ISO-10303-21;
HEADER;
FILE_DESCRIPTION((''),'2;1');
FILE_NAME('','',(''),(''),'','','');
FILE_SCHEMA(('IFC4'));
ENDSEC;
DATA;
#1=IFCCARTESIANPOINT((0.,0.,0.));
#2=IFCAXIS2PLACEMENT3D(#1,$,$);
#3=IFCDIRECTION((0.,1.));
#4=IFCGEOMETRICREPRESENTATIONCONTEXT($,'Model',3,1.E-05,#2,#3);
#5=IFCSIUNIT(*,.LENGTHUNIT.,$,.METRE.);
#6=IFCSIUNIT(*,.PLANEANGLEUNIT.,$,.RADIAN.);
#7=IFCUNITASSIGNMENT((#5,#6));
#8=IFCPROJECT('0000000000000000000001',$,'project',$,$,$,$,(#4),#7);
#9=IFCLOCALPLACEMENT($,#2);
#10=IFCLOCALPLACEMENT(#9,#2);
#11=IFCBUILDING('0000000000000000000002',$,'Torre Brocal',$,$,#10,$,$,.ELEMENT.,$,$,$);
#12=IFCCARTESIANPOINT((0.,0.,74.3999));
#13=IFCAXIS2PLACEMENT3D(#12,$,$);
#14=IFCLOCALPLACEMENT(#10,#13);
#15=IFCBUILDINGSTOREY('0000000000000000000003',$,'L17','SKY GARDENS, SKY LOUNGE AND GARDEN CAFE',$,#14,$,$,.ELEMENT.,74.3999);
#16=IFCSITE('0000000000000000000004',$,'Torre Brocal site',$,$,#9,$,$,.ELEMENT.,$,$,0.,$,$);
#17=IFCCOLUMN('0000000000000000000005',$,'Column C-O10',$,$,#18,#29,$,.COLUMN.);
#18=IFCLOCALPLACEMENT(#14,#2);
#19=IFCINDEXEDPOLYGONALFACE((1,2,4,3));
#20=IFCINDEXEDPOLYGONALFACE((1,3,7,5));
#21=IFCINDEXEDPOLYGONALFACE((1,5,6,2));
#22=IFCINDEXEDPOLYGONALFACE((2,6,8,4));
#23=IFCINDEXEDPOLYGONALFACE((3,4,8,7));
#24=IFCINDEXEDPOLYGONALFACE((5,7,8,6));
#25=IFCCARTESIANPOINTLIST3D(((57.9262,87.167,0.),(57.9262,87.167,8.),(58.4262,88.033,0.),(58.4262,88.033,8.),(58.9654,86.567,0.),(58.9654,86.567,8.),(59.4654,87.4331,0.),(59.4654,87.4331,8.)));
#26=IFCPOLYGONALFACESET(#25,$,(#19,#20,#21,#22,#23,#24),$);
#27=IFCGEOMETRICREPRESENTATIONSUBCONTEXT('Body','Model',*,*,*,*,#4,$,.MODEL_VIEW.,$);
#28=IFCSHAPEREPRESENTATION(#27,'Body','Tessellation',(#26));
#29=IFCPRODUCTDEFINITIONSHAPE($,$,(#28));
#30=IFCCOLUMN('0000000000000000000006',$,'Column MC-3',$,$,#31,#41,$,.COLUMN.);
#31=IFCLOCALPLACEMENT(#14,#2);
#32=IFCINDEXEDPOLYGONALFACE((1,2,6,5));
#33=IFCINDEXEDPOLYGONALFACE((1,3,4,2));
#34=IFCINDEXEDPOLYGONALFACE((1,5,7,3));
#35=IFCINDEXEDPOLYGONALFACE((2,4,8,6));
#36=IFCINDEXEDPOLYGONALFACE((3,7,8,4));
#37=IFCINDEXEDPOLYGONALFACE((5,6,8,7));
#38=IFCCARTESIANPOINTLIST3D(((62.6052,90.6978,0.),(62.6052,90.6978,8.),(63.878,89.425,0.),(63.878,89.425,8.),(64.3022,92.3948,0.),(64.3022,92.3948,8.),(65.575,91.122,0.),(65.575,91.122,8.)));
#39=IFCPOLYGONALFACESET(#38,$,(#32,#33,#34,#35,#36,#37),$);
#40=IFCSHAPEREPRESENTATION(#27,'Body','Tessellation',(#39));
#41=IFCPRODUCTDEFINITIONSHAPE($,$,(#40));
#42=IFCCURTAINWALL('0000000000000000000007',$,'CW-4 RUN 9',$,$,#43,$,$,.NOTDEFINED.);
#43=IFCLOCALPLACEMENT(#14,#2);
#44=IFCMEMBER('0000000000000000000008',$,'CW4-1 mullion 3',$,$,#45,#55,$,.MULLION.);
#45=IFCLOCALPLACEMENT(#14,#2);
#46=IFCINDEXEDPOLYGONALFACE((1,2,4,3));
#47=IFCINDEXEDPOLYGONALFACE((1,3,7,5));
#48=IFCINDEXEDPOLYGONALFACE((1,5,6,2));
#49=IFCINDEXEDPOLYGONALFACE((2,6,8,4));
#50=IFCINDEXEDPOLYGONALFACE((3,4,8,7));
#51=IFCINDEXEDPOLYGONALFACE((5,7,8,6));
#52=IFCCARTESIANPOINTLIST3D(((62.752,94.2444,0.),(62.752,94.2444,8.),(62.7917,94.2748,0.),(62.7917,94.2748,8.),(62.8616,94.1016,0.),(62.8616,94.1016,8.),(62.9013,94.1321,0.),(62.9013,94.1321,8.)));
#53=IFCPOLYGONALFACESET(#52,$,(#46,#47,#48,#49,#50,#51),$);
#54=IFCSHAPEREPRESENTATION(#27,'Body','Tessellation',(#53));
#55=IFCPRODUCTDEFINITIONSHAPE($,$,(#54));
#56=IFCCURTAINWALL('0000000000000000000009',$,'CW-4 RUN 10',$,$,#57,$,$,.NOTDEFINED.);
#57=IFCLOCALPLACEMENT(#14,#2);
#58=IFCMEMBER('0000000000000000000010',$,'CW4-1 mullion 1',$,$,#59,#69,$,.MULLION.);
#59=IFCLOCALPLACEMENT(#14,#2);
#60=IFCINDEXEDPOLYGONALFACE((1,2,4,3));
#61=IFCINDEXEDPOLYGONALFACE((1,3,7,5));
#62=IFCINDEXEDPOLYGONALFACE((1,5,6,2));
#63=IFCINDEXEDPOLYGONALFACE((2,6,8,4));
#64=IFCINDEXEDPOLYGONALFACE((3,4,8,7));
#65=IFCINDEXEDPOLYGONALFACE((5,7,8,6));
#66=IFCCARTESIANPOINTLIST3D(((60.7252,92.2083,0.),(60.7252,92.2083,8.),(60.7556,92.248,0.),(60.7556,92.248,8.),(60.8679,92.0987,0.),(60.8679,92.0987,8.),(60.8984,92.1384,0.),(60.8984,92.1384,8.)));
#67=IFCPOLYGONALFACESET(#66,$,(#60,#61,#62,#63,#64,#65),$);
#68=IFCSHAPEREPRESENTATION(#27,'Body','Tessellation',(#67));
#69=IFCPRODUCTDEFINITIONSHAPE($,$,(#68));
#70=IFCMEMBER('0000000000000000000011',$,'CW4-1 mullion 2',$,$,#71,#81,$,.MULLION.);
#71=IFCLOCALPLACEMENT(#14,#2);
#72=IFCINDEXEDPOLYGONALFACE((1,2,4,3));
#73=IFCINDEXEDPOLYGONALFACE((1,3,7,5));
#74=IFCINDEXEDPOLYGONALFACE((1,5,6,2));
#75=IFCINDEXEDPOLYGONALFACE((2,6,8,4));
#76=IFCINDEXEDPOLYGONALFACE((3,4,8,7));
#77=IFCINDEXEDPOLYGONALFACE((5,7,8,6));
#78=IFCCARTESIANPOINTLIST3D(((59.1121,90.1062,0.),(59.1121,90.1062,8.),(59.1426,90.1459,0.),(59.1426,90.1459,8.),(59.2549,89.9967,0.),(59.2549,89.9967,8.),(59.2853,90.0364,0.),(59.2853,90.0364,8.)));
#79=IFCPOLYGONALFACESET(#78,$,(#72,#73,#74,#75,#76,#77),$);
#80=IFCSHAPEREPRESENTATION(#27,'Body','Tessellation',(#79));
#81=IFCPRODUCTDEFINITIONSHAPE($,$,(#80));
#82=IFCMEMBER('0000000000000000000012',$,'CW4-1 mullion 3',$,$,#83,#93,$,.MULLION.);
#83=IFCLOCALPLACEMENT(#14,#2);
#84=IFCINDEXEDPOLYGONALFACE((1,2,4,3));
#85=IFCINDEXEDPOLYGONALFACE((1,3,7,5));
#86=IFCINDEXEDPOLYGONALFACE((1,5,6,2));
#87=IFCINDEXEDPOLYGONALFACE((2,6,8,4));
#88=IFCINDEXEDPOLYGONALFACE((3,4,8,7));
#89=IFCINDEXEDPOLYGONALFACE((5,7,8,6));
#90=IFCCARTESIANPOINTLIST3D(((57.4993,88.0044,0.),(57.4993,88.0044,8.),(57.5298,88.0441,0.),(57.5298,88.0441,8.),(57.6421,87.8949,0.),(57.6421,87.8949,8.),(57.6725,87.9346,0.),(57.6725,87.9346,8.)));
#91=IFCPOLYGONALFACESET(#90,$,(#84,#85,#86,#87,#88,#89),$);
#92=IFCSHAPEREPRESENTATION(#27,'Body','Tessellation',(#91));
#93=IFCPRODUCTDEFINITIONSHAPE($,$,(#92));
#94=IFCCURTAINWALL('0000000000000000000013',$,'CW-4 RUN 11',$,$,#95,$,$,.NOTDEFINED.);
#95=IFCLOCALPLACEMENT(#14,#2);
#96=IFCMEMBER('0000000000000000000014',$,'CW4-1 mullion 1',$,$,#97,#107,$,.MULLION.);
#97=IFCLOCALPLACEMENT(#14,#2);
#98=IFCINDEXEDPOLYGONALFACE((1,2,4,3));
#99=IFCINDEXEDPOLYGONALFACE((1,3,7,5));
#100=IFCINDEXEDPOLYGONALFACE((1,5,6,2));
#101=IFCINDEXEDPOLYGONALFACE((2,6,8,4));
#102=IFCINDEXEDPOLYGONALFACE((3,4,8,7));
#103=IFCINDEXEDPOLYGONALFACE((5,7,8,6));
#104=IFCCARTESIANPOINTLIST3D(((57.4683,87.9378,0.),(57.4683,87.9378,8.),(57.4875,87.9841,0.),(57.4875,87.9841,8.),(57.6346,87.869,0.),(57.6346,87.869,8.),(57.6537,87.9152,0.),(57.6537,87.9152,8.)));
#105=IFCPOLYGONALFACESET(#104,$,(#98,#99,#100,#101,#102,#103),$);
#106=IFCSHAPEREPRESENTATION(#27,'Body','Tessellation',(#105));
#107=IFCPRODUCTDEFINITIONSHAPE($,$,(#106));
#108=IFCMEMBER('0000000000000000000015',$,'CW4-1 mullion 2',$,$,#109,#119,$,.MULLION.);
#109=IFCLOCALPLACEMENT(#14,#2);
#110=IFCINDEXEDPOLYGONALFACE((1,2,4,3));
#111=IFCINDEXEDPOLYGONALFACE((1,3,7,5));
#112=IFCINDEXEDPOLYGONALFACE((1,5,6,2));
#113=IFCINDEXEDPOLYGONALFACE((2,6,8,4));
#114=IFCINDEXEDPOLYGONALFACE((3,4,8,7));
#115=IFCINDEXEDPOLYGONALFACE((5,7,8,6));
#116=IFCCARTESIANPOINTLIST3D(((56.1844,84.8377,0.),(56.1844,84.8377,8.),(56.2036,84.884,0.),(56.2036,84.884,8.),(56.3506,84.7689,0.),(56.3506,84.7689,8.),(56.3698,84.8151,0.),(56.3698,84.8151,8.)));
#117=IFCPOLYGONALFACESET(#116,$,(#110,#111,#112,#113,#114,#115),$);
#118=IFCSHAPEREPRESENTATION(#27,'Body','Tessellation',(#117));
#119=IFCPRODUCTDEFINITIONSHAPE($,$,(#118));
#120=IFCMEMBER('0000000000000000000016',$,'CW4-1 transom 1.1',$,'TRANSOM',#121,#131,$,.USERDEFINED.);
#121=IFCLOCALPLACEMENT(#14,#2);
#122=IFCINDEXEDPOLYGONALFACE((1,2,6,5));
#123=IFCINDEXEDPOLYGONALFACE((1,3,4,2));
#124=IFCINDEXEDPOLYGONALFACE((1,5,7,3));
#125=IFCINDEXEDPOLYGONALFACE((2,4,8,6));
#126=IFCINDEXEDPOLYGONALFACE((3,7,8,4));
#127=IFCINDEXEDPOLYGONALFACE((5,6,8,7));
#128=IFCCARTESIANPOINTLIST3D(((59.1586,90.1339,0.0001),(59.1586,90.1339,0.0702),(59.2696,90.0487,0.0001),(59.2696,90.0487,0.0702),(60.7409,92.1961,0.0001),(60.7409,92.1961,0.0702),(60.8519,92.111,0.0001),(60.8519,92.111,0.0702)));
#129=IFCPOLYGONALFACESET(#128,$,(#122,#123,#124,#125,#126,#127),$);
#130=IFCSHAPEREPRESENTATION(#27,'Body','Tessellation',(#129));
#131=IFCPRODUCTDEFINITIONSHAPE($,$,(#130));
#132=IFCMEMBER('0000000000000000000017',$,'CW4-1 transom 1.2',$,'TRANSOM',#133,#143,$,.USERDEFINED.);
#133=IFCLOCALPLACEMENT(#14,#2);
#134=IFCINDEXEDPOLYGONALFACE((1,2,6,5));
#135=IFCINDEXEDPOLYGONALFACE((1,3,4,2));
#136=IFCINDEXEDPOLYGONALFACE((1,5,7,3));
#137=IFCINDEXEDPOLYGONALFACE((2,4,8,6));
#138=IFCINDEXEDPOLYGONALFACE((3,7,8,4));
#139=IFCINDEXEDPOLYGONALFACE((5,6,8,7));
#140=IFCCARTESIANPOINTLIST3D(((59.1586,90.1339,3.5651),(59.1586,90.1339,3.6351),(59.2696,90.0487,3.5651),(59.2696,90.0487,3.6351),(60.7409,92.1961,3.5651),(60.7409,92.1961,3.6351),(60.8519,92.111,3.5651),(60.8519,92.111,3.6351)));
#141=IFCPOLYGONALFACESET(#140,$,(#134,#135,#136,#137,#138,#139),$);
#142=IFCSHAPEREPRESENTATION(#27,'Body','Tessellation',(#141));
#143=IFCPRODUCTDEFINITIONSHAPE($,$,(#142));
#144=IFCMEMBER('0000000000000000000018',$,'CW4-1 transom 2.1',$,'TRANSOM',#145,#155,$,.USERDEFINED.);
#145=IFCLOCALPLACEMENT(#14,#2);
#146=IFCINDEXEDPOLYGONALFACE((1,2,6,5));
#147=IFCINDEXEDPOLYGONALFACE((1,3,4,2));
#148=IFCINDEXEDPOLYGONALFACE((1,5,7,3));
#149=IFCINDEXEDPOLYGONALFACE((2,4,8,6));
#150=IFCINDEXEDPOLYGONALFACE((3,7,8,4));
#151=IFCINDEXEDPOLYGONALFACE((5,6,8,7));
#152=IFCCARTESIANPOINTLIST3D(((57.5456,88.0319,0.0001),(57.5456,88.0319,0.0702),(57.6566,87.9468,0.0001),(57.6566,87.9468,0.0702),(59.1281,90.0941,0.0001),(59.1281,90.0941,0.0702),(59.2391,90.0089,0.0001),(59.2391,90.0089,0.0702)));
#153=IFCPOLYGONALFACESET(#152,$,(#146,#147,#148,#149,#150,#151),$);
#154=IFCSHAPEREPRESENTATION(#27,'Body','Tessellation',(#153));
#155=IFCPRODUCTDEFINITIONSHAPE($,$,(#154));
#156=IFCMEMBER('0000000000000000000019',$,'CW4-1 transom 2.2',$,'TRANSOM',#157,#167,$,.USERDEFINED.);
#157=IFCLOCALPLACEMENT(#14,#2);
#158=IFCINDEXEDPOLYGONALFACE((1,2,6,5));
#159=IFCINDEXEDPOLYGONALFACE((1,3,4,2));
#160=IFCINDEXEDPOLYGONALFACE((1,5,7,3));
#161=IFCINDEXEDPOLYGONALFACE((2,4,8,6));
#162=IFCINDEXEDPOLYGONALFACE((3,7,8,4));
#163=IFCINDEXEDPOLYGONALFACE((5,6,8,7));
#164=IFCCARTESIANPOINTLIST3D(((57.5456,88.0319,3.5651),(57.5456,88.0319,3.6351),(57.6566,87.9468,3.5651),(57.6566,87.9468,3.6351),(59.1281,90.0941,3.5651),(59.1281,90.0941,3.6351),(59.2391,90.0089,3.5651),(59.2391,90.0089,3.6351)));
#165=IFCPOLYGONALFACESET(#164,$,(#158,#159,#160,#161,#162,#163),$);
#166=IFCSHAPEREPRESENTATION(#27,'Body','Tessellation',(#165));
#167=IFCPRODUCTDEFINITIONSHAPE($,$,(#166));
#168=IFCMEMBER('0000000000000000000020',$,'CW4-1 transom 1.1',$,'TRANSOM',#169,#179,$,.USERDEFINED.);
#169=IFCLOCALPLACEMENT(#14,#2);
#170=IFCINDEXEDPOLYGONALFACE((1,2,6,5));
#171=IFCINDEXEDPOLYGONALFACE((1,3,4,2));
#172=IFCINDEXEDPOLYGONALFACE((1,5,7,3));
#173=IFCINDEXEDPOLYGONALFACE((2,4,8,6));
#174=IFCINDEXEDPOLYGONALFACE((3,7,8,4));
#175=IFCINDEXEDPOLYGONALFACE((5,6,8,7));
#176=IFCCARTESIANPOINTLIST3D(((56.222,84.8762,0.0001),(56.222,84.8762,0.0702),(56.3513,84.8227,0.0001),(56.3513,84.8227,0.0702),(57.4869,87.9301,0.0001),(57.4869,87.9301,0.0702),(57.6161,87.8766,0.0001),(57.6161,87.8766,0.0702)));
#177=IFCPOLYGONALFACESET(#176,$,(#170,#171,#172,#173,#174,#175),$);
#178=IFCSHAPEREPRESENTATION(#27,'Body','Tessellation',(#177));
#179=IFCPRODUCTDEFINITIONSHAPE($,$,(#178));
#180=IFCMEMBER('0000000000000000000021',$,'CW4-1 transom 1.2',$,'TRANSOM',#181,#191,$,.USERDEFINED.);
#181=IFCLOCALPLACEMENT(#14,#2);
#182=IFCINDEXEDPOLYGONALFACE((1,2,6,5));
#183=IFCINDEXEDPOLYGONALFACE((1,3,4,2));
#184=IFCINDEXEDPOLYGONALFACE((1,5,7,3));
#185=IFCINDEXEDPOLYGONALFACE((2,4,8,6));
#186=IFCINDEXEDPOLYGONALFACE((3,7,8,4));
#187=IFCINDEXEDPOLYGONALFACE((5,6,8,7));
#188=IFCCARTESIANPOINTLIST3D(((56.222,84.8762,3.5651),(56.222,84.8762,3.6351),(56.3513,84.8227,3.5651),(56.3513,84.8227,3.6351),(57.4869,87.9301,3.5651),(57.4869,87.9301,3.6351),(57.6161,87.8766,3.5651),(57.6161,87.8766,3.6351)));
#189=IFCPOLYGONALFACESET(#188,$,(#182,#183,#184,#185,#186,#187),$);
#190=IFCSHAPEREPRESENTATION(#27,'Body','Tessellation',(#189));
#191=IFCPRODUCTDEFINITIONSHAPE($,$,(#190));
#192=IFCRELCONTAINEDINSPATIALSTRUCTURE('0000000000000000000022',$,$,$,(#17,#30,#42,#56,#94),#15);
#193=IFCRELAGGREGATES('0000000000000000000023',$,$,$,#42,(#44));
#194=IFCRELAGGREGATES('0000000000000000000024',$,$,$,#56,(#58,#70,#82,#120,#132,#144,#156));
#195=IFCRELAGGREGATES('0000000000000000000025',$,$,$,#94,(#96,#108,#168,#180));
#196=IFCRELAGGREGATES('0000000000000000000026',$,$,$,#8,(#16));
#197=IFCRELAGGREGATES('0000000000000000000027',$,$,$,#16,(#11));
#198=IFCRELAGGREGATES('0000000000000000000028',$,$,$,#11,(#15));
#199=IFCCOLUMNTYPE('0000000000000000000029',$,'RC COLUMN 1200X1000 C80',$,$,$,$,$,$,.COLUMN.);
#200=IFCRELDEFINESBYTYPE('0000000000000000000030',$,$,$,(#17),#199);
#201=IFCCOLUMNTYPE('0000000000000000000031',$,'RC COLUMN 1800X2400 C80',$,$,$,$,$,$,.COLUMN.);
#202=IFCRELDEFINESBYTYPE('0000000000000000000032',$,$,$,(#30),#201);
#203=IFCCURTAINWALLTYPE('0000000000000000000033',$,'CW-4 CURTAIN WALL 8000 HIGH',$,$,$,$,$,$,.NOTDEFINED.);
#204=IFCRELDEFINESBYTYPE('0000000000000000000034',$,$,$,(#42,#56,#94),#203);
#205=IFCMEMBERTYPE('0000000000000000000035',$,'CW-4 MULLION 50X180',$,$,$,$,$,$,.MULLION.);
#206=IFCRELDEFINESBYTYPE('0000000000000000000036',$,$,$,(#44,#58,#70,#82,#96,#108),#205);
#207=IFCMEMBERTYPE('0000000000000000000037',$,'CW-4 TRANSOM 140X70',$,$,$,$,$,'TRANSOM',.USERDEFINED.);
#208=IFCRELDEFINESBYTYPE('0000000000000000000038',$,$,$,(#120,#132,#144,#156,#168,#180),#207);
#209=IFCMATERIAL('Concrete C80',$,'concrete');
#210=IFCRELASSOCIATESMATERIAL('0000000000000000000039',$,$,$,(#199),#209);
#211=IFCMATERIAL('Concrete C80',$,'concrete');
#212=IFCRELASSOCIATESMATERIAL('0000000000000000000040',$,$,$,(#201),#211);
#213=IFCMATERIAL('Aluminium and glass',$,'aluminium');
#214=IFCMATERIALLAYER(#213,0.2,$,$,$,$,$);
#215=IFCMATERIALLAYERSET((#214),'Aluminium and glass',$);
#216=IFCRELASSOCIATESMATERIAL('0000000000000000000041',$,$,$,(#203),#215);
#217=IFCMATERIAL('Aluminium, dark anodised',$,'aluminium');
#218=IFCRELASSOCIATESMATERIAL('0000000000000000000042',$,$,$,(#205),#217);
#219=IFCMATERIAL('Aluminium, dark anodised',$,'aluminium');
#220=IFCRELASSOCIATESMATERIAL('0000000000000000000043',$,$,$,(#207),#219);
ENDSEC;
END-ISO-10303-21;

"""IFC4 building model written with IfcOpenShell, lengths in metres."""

from ifc_helpers import new_model, si_unit, direction, frame, origin, origin_2d, place, context, subcontext, project, spatial, rectangle, extrude, material, layer, layer_set, material_profile, profile_set, type_object, element, aggregate, save


model = new_model("IFC4")

# Units and contexts
model_context = context("Model", 3, precision=1e-05, world=origin(), true_north=direction((0.0, 1.0)))
body_context = subcontext(model_context, "Body", "Model", "MODEL_VIEW")
ifc_project = project(units=[si_unit("LENGTHUNIT", "METRE"), si_unit("PLANEANGLEUNIT", "RADIAN")], contexts=[model_context])

# Site, building, storey
site_placement = place(None, origin())
site = spatial("IfcSite", under=ifc_project, at=site_placement, Name="Torre Brocal site", CompositionType="ELEMENT", RefElevation=0.0)
building_placement = place(site_placement, origin())
building = spatial("IfcBuilding", under=site, at=building_placement, Name="Torre Brocal", CompositionType="ELEMENT")
storey_placement = place(building_placement, frame((0.0, 0.0, 74.3999)))
storey = spatial("IfcBuildingStorey", under=building, at=storey_placement, Name="L17", Description="SKY GARDENS, SKY LOUNGE AND GARDEN CAFE", CompositionType="ELEMENT", Elevation=74.3999)

# Columns
ifc_material_1 = material(Name="Concrete C80", Category="concrete")
ifc_material_profile_1 = material_profile(ifc_material_1, rectangle(XDim=1.2, YDim=1.0, at=origin_2d()), Name="RC 1200X1000")
ifc_profile_set_1 = profile_set([ifc_material_profile_1], Name="Concrete C80")
column_type_1 = type_object("IfcColumnType", Name="RC COLUMN 1200X1000 C80", PredefinedType="COLUMN", material=ifc_profile_set_1)
column_1_placement = place(storey_placement, frame((58.6958, 87.3, 0.0), z_axis=(0.0, 0.0, 1.0), x_axis=(-0.866025, 0.5, 0.0)))
element("IfcColumn", 1, at=column_1_placement, inside=storey, type_object=column_type_1, Name="Column C-O10", PredefinedType="COLUMN", context=body_context, shape_type="SweptSolid", body=[
    extrude(rectangle(XDim=1.2, YDim=1.0, at=origin_2d()), origin(), (0.0, 0.0, 1.0), 8.0),
])
ifc_material_2 = material(Name="Concrete C80", Category="concrete")
ifc_material_profile_2 = material_profile(ifc_material_2, rectangle(XDim=1.8, YDim=2.3999, at=origin_2d()), Name="RC 1800X2400")
ifc_profile_set_2 = profile_set([ifc_material_profile_2], Name="Concrete C80")
column_type_2 = type_object("IfcColumnType", Name="RC COLUMN 1800X2400 C80", PredefinedType="COLUMN", material=ifc_profile_set_2)
column_2_placement = place(storey_placement, frame((64.0901, 90.9099, 0.0), z_axis=(0.0, 0.0, 1.0), x_axis=(-0.707107, 0.707107, 0.0)))
element("IfcColumn", 2, at=column_2_placement, inside=storey, type_object=column_type_2, Name="Column MC-3", PredefinedType="COLUMN", context=body_context, shape_type="SweptSolid", body=[
    extrude(rectangle(XDim=1.8, YDim=2.3999, at=origin_2d()), origin(), (0.0, 0.0, 1.0), 8.0),
])

# Curtain wall, member
ifc_material_3 = material(Name="Aluminium and glass", Category="aluminium")
ifc_layer_1 = layer(ifc_material_3, 0.2)
ifc_layer_set_1 = layer_set([ifc_layer_1], Name="Aluminium and glass")
curtain_wall_type = type_object("IfcCurtainWallType", Name="CW-4 CURTAIN WALL 8000 HIGH", PredefinedType="NOTDEFINED", material=ifc_layer_set_1)
curtain_wall_1_placement = place(storey_placement, origin())
curtain_wall_1 = element("IfcCurtainWall", 3, at=curtain_wall_1_placement, inside=storey, type_object=curtain_wall_type, Name="CW-4 RUN 9", PredefinedType="NOTDEFINED")
ifc_material_4 = material(Name="Aluminium, dark anodised", Category="aluminium")
ifc_material_profile_3 = material_profile(ifc_material_4, rectangle(XDim=0.1799, YDim=0.05, at=origin_2d()), Name="CW-4 MULLION 50X180")
ifc_profile_set_3 = profile_set([ifc_material_profile_3], Name="Aluminium, dark anodised")
member_type_1 = type_object("IfcMemberType", Name="CW-4 MULLION 50X180", PredefinedType="MULLION", material=ifc_profile_set_3)
member_1_placement = place(storey_placement, frame((62.8267, 94.1882, 0.0), z_axis=(0.0, 0.0, 1.0), x_axis=(0.608761, -0.793353, 0.0)))
member_1 = element("IfcMember", 4, at=member_1_placement, type_object=member_type_1, Name="CW4-1 mullion 3", PredefinedType="MULLION", context=body_context, shape_type="SweptSolid", body=[
    extrude(rectangle(XDim=0.1799, YDim=0.05, at=origin_2d()), origin(), (0.0, 0.0, 1.0), 8.0),
])

# Curtain walls, members
curtain_wall_2_placement = place(storey_placement, origin())
curtain_wall_2 = element("IfcCurtainWall", 5, at=curtain_wall_2_placement, inside=storey, type_object=curtain_wall_type, Name="CW-4 RUN 10", PredefinedType="NOTDEFINED")
member_2_placement = place(storey_placement, frame((60.8118, 92.1733, 0.0), z_axis=(0.0, 0.0, 1.0), x_axis=(0.793353, -0.608761, 0.0)))
member_2 = element("IfcMember", 6, at=member_2_placement, type_object=member_type_1, Name="CW4-1 mullion 1", PredefinedType="MULLION", context=body_context, shape_type="SweptSolid", body=[
    extrude(rectangle(XDim=0.1799, YDim=0.05, at=origin_2d()), origin(), (0.0, 0.0, 1.0), 8.0),
])
member_3_placement = place(storey_placement, frame((59.1987, 90.0713, 0.0), z_axis=(0.0, 0.0, 1.0), x_axis=(0.793353, -0.608761, 0.0)))
member_3 = element("IfcMember", 7, at=member_3_placement, type_object=member_type_1, Name="CW4-1 mullion 2", PredefinedType="MULLION", context=body_context, shape_type="SweptSolid", body=[
    extrude(rectangle(XDim=0.1799, YDim=0.05, at=origin_2d()), origin(), (0.0, 0.0, 1.0), 8.0),
])
member_4_placement = place(storey_placement, frame((57.5859, 87.9695, 0.0), z_axis=(0.0, 0.0, 1.0), x_axis=(0.793353, -0.608761, 0.0)))
member_4 = element("IfcMember", 8, at=member_4_placement, type_object=member_type_1, Name="CW4-1 mullion 3", PredefinedType="MULLION", context=body_context, shape_type="SweptSolid", body=[
    extrude(rectangle(XDim=0.1799, YDim=0.05, at=origin_2d()), origin(), (0.0, 0.0, 1.0), 8.0),
])
curtain_wall_3_placement = place(storey_placement, origin())
curtain_wall_3 = element("IfcCurtainWall", 9, at=curtain_wall_3_placement, inside=storey, type_object=curtain_wall_type, Name="CW-4 RUN 11", PredefinedType="NOTDEFINED")
member_5_placement = place(storey_placement, frame((57.561, 87.9265, 0.0), z_axis=(0.0, 0.0, 1.0), x_axis=(0.92388, -0.382683, 0.0)))
member_5 = element("IfcMember", 10, at=member_5_placement, type_object=member_type_1, Name="CW4-1 mullion 1", PredefinedType="MULLION", context=body_context, shape_type="SweptSolid", body=[
    extrude(rectangle(XDim=0.1799, YDim=0.05, at=origin_2d()), origin(), (0.0, 0.0, 1.0), 8.0),
])
member_6_placement = place(storey_placement, frame((56.2771, 84.8264, 0.0), z_axis=(0.0, 0.0, 1.0), x_axis=(0.92388, -0.382683, 0.0)))
member_6 = element("IfcMember", 11, at=member_6_placement, type_object=member_type_1, Name="CW4-1 mullion 2", PredefinedType="MULLION", context=body_context, shape_type="SweptSolid", body=[
    extrude(rectangle(XDim=0.1799, YDim=0.05, at=origin_2d()), origin(), (0.0, 0.0, 1.0), 8.0),
])

# Members
ifc_material_5 = material(Name="Aluminium, dark anodised", Category="aluminium")
ifc_material_profile_4 = material_profile(ifc_material_5, rectangle(XDim=0.1399, YDim=0.0701, at=origin_2d()), Name="CW-4 TRANSOM 140X70")
ifc_profile_set_4 = profile_set([ifc_material_profile_4], Name="Aluminium, dark anodised")
member_type_2 = type_object("IfcMemberType", Name="CW-4 TRANSOM 140X70", ElementType="TRANSOM", PredefinedType="USERDEFINED", material=ifc_profile_set_4)
member_7_placement = place(storey_placement, frame((60.7964, 92.1536, 0.0352), z_axis=(-0.608725, -0.793381, 0.0), x_axis=(0.793381, -0.608725, 0.0)))
member_7 = element("IfcMember", 12, at=member_7_placement, type_object=member_type_2, Name="CW4-1 transom 1.1", ObjectType="TRANSOM", PredefinedType="USERDEFINED", context=body_context, shape_type="SweptSolid", body=[
    extrude(rectangle(XDim=0.1399, YDim=0.0701, at=origin_2d()), origin(), (0.0, 0.0, 1.0), 2.5994),
])
member_8_placement = place(storey_placement, frame((60.7964, 92.1536, 3.6001), z_axis=(-0.608725, -0.793381, 0.0), x_axis=(0.793381, -0.608725, 0.0)))
member_8 = element("IfcMember", 13, at=member_8_placement, type_object=member_type_2, Name="CW4-1 transom 1.2", ObjectType="TRANSOM", PredefinedType="USERDEFINED", context=body_context, shape_type="SweptSolid", body=[
    extrude(rectangle(XDim=0.1399, YDim=0.0701, at=origin_2d()), origin(), (0.0, 0.0, 1.0), 2.5994),
])
member_9_placement = place(storey_placement, frame((59.1836, 90.0515, 0.0352), z_axis=(-0.608784, -0.793336, 0.0), x_axis=(0.793336, -0.608784, 0.0)))
member_9 = element("IfcMember", 14, at=member_9_placement, type_object=member_type_2, Name="CW4-1 transom 2.1", ObjectType="TRANSOM", PredefinedType="USERDEFINED", context=body_context, shape_type="SweptSolid", body=[
    extrude(rectangle(XDim=0.1399, YDim=0.0701, at=origin_2d()), origin(), (0.0, 0.0, 1.0), 2.5994),
])
member_10_placement = place(storey_placement, frame((59.1836, 90.0515, 3.6001), z_axis=(-0.608784, -0.793336, 0.0), x_axis=(0.793336, -0.608784, 0.0)))
member_10 = element("IfcMember", 15, at=member_10_placement, type_object=member_type_2, Name="CW4-1 transom 2.2", ObjectType="TRANSOM", PredefinedType="USERDEFINED", context=body_context, shape_type="SweptSolid", body=[
    extrude(rectangle(XDim=0.1399, YDim=0.0701, at=origin_2d()), origin(), (0.0, 0.0, 1.0), 2.5994),
])
member_11_placement = place(storey_placement, frame((57.5515, 87.9033, 0.0352), z_axis=(-0.382658, -0.92389, 0.0), x_axis=(0.92389, -0.382658, 0.0)))
member_11 = element("IfcMember", 16, at=member_11_placement, type_object=member_type_2, Name="CW4-1 transom 1.1", ObjectType="TRANSOM", PredefinedType="USERDEFINED", context=body_context, shape_type="SweptSolid", body=[
    extrude(rectangle(XDim=0.1399, YDim=0.0701, at=origin_2d()), origin(), (0.0, 0.0, 1.0), 3.3054),
])
member_12_placement = place(storey_placement, frame((57.5515, 87.9033, 3.6001), z_axis=(-0.382658, -0.92389, 0.0), x_axis=(0.92389, -0.382658, 0.0)))
member_12 = element("IfcMember", 17, at=member_12_placement, type_object=member_type_2, Name="CW4-1 transom 1.2", ObjectType="TRANSOM", PredefinedType="USERDEFINED", context=body_context, shape_type="SweptSolid", body=[
    extrude(rectangle(XDim=0.1399, YDim=0.0701, at=origin_2d()), origin(), (0.0, 0.0, 1.0), 3.3054),
])

aggregate(curtain_wall_1, [member_1])
aggregate(curtain_wall_2, [member_2, member_3, member_4, member_7, member_8, member_9, member_10])
aggregate(curtain_wall_3, [member_5, member_6, member_11, member_12])

save(model, "model.ifc")
